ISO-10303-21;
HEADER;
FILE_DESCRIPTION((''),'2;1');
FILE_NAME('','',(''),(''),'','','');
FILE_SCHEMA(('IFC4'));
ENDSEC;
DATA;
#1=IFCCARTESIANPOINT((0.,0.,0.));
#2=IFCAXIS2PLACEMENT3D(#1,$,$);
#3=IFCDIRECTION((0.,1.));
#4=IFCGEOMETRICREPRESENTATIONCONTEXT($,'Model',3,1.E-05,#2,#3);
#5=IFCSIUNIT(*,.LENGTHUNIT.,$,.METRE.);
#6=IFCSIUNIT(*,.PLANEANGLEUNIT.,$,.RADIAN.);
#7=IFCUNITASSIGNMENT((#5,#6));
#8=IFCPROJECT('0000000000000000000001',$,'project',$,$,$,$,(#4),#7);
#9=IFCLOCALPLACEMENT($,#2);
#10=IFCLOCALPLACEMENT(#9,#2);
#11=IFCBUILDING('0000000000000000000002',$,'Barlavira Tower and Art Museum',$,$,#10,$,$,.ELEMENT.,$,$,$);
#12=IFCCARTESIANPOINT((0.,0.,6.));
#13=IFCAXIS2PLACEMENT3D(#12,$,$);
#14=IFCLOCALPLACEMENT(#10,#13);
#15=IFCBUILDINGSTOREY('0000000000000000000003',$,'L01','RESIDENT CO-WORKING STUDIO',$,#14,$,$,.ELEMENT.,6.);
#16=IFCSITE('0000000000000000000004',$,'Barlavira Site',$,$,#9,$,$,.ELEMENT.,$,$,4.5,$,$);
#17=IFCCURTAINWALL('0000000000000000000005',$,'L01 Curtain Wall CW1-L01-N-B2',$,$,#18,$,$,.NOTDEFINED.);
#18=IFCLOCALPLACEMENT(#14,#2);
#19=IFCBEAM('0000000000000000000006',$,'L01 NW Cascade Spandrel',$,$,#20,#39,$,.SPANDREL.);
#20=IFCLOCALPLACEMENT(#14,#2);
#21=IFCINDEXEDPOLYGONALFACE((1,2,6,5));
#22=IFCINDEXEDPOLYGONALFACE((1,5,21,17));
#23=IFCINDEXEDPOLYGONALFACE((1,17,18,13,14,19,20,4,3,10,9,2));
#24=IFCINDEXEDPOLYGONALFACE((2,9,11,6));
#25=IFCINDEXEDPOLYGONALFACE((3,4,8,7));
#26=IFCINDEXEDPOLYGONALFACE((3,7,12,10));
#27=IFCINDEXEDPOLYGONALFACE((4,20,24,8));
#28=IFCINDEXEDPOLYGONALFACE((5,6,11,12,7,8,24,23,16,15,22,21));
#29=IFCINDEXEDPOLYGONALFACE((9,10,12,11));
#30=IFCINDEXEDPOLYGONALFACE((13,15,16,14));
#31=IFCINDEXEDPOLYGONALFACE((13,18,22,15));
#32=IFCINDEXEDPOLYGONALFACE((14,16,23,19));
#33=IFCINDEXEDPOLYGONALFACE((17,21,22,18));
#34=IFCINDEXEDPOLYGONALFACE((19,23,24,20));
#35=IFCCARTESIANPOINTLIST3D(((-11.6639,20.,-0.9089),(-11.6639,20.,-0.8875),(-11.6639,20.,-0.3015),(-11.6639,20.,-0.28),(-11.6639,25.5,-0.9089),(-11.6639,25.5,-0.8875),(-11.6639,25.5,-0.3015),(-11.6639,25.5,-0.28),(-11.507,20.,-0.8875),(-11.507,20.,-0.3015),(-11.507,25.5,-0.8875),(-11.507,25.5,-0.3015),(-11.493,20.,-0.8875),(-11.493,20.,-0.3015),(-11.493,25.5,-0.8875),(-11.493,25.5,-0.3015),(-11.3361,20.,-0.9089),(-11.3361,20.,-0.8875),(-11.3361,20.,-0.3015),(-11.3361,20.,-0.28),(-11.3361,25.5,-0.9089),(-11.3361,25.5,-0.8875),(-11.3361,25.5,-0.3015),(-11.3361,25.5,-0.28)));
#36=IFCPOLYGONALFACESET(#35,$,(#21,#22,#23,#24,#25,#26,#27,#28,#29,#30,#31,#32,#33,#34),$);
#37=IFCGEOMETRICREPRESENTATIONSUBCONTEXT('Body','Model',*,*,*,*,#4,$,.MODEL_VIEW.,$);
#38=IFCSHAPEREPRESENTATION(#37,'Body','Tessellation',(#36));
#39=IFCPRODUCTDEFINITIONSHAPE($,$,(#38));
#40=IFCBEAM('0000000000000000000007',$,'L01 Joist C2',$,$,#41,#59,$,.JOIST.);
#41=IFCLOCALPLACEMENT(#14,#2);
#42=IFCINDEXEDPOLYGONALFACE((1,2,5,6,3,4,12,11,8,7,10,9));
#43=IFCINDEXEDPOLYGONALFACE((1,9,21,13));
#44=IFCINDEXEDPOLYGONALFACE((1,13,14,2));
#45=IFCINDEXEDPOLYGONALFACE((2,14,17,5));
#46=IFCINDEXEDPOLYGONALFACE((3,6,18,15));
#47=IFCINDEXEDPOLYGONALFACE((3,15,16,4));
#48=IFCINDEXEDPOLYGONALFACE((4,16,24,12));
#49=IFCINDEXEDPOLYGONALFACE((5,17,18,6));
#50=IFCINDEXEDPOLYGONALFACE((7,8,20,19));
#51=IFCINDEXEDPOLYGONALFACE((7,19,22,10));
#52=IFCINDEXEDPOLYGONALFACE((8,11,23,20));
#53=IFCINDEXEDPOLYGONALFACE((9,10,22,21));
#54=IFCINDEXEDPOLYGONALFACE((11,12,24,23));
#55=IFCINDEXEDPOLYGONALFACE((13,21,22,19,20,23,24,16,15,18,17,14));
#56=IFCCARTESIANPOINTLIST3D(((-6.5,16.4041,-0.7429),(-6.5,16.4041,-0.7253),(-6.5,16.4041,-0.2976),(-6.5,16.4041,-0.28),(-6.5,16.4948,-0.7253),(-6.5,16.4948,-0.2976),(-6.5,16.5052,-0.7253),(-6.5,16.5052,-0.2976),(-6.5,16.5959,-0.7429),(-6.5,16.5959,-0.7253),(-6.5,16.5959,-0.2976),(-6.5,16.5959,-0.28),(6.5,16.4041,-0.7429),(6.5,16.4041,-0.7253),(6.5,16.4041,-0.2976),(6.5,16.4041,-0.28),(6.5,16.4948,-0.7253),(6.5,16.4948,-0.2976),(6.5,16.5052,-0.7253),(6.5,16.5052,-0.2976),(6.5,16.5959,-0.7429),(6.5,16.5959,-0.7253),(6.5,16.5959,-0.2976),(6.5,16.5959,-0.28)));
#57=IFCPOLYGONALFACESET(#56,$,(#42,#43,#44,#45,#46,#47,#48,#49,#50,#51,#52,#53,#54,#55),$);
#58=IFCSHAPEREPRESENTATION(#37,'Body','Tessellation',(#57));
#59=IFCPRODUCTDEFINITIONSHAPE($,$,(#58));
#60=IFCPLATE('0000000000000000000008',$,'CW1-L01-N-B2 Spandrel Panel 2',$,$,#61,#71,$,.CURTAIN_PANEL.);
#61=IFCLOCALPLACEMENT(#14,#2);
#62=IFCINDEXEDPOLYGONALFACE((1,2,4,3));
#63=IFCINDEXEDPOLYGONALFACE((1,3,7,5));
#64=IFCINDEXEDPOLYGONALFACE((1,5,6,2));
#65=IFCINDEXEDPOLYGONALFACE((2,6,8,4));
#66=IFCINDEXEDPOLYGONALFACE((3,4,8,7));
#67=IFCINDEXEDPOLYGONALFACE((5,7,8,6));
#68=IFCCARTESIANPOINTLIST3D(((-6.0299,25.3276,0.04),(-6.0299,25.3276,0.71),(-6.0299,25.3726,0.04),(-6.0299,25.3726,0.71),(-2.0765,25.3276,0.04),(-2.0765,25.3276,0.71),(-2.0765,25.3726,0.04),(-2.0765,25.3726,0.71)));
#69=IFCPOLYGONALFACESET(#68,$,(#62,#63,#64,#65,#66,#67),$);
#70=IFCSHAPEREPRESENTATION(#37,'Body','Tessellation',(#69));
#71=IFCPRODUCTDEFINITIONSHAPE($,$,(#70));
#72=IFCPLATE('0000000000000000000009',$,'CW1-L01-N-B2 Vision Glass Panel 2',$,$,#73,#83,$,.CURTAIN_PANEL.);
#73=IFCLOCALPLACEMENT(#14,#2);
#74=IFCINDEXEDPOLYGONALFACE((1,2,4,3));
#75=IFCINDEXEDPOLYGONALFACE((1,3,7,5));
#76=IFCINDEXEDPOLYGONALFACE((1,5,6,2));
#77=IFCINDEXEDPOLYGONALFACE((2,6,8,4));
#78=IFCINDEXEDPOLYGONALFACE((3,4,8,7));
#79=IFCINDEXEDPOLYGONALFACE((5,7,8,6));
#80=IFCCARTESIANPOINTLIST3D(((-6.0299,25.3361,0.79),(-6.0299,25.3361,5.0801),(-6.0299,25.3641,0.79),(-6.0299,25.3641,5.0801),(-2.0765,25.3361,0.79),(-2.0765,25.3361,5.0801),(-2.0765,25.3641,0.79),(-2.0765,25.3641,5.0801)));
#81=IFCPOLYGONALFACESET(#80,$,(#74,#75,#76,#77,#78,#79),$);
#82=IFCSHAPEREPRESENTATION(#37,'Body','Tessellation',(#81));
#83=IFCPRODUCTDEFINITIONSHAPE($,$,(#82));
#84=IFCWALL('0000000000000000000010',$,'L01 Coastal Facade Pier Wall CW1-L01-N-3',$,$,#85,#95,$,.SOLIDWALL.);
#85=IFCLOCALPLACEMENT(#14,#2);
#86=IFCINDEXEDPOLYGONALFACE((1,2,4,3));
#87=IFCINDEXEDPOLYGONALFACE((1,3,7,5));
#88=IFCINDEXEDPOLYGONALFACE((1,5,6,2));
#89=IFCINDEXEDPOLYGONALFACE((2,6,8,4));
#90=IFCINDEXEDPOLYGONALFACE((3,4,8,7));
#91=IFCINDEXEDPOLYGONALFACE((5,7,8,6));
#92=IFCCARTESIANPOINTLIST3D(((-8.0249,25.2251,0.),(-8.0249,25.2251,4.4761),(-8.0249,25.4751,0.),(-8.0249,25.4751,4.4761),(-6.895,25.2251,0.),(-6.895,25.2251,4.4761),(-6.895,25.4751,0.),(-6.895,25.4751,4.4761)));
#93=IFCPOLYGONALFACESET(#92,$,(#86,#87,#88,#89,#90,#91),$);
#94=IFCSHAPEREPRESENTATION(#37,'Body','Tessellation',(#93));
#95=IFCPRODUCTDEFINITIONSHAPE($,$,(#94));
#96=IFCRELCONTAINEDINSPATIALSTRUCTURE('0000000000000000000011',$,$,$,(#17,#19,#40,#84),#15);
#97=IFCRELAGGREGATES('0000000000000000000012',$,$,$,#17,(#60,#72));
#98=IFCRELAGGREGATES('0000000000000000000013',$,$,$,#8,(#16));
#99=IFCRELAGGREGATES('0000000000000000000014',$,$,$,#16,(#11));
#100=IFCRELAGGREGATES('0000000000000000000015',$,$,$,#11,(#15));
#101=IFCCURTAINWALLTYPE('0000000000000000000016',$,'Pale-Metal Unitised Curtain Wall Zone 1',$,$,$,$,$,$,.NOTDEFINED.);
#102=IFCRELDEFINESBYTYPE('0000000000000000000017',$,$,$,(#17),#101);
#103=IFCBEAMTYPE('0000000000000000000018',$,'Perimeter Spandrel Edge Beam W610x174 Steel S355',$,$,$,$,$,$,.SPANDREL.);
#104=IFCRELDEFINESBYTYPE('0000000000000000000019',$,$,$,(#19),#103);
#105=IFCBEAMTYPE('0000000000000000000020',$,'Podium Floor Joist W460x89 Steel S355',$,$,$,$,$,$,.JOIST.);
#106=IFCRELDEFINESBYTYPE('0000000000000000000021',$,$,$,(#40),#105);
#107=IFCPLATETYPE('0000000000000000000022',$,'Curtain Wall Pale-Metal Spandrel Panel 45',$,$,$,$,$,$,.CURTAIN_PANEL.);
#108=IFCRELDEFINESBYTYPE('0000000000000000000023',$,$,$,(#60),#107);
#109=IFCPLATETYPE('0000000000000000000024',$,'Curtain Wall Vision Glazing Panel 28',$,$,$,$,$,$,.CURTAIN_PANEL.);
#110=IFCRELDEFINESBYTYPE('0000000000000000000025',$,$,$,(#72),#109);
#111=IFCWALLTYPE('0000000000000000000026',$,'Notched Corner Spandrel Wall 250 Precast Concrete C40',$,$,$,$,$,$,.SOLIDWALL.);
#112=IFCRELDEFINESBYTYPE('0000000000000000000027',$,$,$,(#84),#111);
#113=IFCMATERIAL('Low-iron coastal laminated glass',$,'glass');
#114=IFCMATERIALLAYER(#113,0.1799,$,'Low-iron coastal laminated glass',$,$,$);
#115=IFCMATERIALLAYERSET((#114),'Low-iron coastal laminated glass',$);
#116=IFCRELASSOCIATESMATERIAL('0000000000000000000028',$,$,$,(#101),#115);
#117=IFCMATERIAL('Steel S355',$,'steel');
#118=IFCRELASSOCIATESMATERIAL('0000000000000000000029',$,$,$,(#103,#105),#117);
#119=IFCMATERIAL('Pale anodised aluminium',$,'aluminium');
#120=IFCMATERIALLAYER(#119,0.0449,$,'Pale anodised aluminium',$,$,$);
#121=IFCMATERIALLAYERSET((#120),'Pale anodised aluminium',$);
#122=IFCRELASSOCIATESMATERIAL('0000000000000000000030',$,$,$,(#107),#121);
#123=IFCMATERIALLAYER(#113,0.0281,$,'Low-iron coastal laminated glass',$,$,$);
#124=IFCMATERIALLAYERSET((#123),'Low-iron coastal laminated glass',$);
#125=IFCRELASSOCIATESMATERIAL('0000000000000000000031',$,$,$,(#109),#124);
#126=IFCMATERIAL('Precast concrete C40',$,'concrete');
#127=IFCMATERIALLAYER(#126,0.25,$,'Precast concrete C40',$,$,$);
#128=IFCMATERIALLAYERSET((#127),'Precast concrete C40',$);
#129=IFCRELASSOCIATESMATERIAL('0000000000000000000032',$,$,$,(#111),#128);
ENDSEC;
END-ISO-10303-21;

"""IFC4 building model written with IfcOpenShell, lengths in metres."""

from ifc_helpers import new_model, si_unit, direction, frame, frame_2d, origin, origin_2d, place, context, subcontext, project, spatial, rectangle, i_section, extrude, material, layer, layer_set, material_profile, profile_set, type_object, element, aggregate, save


model = new_model("IFC4")

# Units and contexts
model_context = context("Model", 3, precision=1e-05, world=origin(), true_north=direction((0.0, 1.0)))
body_context = subcontext(model_context, "Body", "Model", "MODEL_VIEW")
ifc_project = project(units=[si_unit("LENGTHUNIT", "METRE"), si_unit("PLANEANGLEUNIT", "RADIAN")], contexts=[model_context])

# Site, building, storey
site_placement = place(None, origin())
site = spatial("IfcSite", under=ifc_project, at=site_placement, Name="Barlavira Site", CompositionType="ELEMENT", RefElevation=4.5)
building_placement = place(site_placement, origin())
building = spatial("IfcBuilding", under=site, at=building_placement, Name="Barlavira Tower and Art Museum", CompositionType="ELEMENT")
storey_placement = place(building_placement, frame((0.0, 0.0, 6.0)))
storey = spatial("IfcBuildingStorey", under=building, at=storey_placement, Name="L01", Description="RESIDENT CO-WORKING STUDIO", CompositionType="ELEMENT", Elevation=6.0)

# Curtain wall
ifc_material_1 = material(Name="Low-iron coastal laminated glass", Category="glass")
ifc_layer_1 = layer(ifc_material_1, 0.1799, Name="Low-iron coastal laminated glass")
ifc_layer_set_1 = layer_set([ifc_layer_1], Name="Low-iron coastal laminated glass")
curtain_wall_type = type_object("IfcCurtainWallType", Name="Pale-Metal Unitised Curtain Wall Zone 1", PredefinedType="NOTDEFINED", material=ifc_layer_set_1)
curtain_wall_placement = place(storey_placement, origin())
curtain_wall = element("IfcCurtainWall", 1, at=curtain_wall_placement, inside=storey, type_object=curtain_wall_type, Name="L01 Curtain Wall CW1-L01-N-B2", PredefinedType="NOTDEFINED")
ifc_material_2 = material(Name="Pale anodised aluminium", Category="aluminium")

# Beams
ifc_material_3 = material(Name="Steel S355", Category="steel")
ifc_material_profile_1 = material_profile(ifc_material_3, i_section(OverallWidth=0.3279, OverallDepth=0.6289, WebThickness=0.0139, FlangeThickness=0.0215, at=origin_2d()), Name="W610x174.0")
ifc_profile_set_1 = profile_set([ifc_material_profile_1], Name="Steel S355")
beam_type_1 = type_object("IfcBeamType", Name="Perimeter Spandrel Edge Beam W610x174 Steel S355", PredefinedType="SPANDREL", material=ifc_profile_set_1)
beam_1_placement = place(storey_placement, frame((-11.5, 20.0, -0.5945), z_axis=(0.0, 1.0, 0.0), x_axis=(-1.0, 0.0, 0.0)))
element("IfcBeam", 2, at=beam_1_placement, inside=storey, type_object=beam_type_1, Name="L01 NW Cascade Spandrel", PredefinedType="SPANDREL", context=body_context, shape_type="SweptSolid", body=[
    extrude(i_section(OverallWidth=0.3279, OverallDepth=0.6289, WebThickness=0.0139, FlangeThickness=0.0215, at=origin_2d()), origin(), (0.0, 0.0, 1.0), 5.5),
])
ifc_material_profile_2 = material_profile(ifc_material_3, i_section(OverallWidth=0.1919, OverallDepth=0.4629, WebThickness=0.0105, FlangeThickness=0.0176, at=origin_2d()), Name="W460x89.0")
ifc_profile_set_2 = profile_set([ifc_material_profile_2], Name="Steel S355")
beam_type_2 = type_object("IfcBeamType", Name="Podium Floor Joist W460x89 Steel S355", PredefinedType="JOIST", material=ifc_profile_set_2)
beam_2_placement = place(storey_placement, frame((-6.5, 16.5, -0.5115), z_axis=(1.0, 0.0, 0.0), x_axis=(0.0, 1.0, 0.0)))
element("IfcBeam", 3, at=beam_2_placement, inside=storey, type_object=beam_type_2, Name="L01 Joist C2", PredefinedType="JOIST", context=body_context, shape_type="SweptSolid", body=[
    extrude(i_section(OverallWidth=0.1919, OverallDepth=0.4629, WebThickness=0.0105, FlangeThickness=0.0176, at=origin_2d()), origin(), (0.0, 0.0, 1.0), 13.0),
])

# Plates
ifc_layer_2 = layer(ifc_material_2, 0.0449, Name="Pale anodised aluminium")
ifc_layer_set_2 = layer_set([ifc_layer_2], Name="Pale anodised aluminium")
plate_type_1 = type_object("IfcPlateType", Name="Curtain Wall Pale-Metal Spandrel Panel 45", PredefinedType="CURTAIN_PANEL", material=ifc_layer_set_2)
plate_1_placement = place(storey_placement, frame((-4.0532, 25.3501, 0.04), z_axis=(0.0, 0.0, 1.0), x_axis=(-1.0, 0.0, 0.0)))
plate_1 = element("IfcPlate", 4, at=plate_1_placement, type_object=plate_type_1, Name="CW1-L01-N-B2 Spandrel Panel 2", PredefinedType="CURTAIN_PANEL", context=body_context, shape_type="SweptSolid", body=[
    extrude(rectangle(XDim=3.9534, YDim=0.0449, at=origin_2d()), origin(), (0.0, 0.0, 1.0), 0.6699),
])
ifc_layer_3 = layer(ifc_material_1, 0.0281, Name="Low-iron coastal laminated glass")
ifc_layer_set_3 = layer_set([ifc_layer_3], Name="Low-iron coastal laminated glass")
plate_type_2 = type_object("IfcPlateType", Name="Curtain Wall Vision Glazing Panel 28", PredefinedType="CURTAIN_PANEL", material=ifc_layer_set_3)
plate_2_placement = place(storey_placement, frame((-4.0532, 25.3501, 0.79), z_axis=(0.0, 0.0, 1.0), x_axis=(-1.0, 0.0, 0.0)))
plate_2 = element("IfcPlate", 5, at=plate_2_placement, type_object=plate_type_2, Name="CW1-L01-N-B2 Vision Glass Panel 2", PredefinedType="CURTAIN_PANEL", context=body_context, shape_type="SweptSolid", body=[
    extrude(rectangle(XDim=3.9534, YDim=0.0281, at=origin_2d()), origin(), (0.0, 0.0, 1.0), 4.29),
])
aggregate(curtain_wall, [plate_1, plate_2])

# Wall
ifc_material_4 = material(Name="Precast concrete C40", Category="concrete")
ifc_layer_4 = layer(ifc_material_4, 0.25, Name="Precast concrete C40")
ifc_layer_set_4 = layer_set([ifc_layer_4], Name="Precast concrete C40")
wall_type = type_object("IfcWallType", Name="Notched Corner Spandrel Wall 250 Precast Concrete C40", PredefinedType="SOLIDWALL", material=ifc_layer_set_4)
wall_placement = place(storey_placement, frame((-6.895, 25.3501, 0.0), z_axis=(0.0, 0.0, 1.0), x_axis=(-1.0, 0.0, 0.0)))
element("IfcWall", 6, at=wall_placement, inside=storey, type_object=wall_type, Name="L01 Coastal Facade Pier Wall CW1-L01-N-3", PredefinedType="SOLIDWALL", context=body_context, shape_type="SweptSolid", body=[
    extrude(rectangle(XDim=1.1299, YDim=0.25, at=frame_2d((0.5649, 0.0))), origin(), (0.0, 0.0, 1.0), 4.4761),
])

save(model, "model.ifc")
